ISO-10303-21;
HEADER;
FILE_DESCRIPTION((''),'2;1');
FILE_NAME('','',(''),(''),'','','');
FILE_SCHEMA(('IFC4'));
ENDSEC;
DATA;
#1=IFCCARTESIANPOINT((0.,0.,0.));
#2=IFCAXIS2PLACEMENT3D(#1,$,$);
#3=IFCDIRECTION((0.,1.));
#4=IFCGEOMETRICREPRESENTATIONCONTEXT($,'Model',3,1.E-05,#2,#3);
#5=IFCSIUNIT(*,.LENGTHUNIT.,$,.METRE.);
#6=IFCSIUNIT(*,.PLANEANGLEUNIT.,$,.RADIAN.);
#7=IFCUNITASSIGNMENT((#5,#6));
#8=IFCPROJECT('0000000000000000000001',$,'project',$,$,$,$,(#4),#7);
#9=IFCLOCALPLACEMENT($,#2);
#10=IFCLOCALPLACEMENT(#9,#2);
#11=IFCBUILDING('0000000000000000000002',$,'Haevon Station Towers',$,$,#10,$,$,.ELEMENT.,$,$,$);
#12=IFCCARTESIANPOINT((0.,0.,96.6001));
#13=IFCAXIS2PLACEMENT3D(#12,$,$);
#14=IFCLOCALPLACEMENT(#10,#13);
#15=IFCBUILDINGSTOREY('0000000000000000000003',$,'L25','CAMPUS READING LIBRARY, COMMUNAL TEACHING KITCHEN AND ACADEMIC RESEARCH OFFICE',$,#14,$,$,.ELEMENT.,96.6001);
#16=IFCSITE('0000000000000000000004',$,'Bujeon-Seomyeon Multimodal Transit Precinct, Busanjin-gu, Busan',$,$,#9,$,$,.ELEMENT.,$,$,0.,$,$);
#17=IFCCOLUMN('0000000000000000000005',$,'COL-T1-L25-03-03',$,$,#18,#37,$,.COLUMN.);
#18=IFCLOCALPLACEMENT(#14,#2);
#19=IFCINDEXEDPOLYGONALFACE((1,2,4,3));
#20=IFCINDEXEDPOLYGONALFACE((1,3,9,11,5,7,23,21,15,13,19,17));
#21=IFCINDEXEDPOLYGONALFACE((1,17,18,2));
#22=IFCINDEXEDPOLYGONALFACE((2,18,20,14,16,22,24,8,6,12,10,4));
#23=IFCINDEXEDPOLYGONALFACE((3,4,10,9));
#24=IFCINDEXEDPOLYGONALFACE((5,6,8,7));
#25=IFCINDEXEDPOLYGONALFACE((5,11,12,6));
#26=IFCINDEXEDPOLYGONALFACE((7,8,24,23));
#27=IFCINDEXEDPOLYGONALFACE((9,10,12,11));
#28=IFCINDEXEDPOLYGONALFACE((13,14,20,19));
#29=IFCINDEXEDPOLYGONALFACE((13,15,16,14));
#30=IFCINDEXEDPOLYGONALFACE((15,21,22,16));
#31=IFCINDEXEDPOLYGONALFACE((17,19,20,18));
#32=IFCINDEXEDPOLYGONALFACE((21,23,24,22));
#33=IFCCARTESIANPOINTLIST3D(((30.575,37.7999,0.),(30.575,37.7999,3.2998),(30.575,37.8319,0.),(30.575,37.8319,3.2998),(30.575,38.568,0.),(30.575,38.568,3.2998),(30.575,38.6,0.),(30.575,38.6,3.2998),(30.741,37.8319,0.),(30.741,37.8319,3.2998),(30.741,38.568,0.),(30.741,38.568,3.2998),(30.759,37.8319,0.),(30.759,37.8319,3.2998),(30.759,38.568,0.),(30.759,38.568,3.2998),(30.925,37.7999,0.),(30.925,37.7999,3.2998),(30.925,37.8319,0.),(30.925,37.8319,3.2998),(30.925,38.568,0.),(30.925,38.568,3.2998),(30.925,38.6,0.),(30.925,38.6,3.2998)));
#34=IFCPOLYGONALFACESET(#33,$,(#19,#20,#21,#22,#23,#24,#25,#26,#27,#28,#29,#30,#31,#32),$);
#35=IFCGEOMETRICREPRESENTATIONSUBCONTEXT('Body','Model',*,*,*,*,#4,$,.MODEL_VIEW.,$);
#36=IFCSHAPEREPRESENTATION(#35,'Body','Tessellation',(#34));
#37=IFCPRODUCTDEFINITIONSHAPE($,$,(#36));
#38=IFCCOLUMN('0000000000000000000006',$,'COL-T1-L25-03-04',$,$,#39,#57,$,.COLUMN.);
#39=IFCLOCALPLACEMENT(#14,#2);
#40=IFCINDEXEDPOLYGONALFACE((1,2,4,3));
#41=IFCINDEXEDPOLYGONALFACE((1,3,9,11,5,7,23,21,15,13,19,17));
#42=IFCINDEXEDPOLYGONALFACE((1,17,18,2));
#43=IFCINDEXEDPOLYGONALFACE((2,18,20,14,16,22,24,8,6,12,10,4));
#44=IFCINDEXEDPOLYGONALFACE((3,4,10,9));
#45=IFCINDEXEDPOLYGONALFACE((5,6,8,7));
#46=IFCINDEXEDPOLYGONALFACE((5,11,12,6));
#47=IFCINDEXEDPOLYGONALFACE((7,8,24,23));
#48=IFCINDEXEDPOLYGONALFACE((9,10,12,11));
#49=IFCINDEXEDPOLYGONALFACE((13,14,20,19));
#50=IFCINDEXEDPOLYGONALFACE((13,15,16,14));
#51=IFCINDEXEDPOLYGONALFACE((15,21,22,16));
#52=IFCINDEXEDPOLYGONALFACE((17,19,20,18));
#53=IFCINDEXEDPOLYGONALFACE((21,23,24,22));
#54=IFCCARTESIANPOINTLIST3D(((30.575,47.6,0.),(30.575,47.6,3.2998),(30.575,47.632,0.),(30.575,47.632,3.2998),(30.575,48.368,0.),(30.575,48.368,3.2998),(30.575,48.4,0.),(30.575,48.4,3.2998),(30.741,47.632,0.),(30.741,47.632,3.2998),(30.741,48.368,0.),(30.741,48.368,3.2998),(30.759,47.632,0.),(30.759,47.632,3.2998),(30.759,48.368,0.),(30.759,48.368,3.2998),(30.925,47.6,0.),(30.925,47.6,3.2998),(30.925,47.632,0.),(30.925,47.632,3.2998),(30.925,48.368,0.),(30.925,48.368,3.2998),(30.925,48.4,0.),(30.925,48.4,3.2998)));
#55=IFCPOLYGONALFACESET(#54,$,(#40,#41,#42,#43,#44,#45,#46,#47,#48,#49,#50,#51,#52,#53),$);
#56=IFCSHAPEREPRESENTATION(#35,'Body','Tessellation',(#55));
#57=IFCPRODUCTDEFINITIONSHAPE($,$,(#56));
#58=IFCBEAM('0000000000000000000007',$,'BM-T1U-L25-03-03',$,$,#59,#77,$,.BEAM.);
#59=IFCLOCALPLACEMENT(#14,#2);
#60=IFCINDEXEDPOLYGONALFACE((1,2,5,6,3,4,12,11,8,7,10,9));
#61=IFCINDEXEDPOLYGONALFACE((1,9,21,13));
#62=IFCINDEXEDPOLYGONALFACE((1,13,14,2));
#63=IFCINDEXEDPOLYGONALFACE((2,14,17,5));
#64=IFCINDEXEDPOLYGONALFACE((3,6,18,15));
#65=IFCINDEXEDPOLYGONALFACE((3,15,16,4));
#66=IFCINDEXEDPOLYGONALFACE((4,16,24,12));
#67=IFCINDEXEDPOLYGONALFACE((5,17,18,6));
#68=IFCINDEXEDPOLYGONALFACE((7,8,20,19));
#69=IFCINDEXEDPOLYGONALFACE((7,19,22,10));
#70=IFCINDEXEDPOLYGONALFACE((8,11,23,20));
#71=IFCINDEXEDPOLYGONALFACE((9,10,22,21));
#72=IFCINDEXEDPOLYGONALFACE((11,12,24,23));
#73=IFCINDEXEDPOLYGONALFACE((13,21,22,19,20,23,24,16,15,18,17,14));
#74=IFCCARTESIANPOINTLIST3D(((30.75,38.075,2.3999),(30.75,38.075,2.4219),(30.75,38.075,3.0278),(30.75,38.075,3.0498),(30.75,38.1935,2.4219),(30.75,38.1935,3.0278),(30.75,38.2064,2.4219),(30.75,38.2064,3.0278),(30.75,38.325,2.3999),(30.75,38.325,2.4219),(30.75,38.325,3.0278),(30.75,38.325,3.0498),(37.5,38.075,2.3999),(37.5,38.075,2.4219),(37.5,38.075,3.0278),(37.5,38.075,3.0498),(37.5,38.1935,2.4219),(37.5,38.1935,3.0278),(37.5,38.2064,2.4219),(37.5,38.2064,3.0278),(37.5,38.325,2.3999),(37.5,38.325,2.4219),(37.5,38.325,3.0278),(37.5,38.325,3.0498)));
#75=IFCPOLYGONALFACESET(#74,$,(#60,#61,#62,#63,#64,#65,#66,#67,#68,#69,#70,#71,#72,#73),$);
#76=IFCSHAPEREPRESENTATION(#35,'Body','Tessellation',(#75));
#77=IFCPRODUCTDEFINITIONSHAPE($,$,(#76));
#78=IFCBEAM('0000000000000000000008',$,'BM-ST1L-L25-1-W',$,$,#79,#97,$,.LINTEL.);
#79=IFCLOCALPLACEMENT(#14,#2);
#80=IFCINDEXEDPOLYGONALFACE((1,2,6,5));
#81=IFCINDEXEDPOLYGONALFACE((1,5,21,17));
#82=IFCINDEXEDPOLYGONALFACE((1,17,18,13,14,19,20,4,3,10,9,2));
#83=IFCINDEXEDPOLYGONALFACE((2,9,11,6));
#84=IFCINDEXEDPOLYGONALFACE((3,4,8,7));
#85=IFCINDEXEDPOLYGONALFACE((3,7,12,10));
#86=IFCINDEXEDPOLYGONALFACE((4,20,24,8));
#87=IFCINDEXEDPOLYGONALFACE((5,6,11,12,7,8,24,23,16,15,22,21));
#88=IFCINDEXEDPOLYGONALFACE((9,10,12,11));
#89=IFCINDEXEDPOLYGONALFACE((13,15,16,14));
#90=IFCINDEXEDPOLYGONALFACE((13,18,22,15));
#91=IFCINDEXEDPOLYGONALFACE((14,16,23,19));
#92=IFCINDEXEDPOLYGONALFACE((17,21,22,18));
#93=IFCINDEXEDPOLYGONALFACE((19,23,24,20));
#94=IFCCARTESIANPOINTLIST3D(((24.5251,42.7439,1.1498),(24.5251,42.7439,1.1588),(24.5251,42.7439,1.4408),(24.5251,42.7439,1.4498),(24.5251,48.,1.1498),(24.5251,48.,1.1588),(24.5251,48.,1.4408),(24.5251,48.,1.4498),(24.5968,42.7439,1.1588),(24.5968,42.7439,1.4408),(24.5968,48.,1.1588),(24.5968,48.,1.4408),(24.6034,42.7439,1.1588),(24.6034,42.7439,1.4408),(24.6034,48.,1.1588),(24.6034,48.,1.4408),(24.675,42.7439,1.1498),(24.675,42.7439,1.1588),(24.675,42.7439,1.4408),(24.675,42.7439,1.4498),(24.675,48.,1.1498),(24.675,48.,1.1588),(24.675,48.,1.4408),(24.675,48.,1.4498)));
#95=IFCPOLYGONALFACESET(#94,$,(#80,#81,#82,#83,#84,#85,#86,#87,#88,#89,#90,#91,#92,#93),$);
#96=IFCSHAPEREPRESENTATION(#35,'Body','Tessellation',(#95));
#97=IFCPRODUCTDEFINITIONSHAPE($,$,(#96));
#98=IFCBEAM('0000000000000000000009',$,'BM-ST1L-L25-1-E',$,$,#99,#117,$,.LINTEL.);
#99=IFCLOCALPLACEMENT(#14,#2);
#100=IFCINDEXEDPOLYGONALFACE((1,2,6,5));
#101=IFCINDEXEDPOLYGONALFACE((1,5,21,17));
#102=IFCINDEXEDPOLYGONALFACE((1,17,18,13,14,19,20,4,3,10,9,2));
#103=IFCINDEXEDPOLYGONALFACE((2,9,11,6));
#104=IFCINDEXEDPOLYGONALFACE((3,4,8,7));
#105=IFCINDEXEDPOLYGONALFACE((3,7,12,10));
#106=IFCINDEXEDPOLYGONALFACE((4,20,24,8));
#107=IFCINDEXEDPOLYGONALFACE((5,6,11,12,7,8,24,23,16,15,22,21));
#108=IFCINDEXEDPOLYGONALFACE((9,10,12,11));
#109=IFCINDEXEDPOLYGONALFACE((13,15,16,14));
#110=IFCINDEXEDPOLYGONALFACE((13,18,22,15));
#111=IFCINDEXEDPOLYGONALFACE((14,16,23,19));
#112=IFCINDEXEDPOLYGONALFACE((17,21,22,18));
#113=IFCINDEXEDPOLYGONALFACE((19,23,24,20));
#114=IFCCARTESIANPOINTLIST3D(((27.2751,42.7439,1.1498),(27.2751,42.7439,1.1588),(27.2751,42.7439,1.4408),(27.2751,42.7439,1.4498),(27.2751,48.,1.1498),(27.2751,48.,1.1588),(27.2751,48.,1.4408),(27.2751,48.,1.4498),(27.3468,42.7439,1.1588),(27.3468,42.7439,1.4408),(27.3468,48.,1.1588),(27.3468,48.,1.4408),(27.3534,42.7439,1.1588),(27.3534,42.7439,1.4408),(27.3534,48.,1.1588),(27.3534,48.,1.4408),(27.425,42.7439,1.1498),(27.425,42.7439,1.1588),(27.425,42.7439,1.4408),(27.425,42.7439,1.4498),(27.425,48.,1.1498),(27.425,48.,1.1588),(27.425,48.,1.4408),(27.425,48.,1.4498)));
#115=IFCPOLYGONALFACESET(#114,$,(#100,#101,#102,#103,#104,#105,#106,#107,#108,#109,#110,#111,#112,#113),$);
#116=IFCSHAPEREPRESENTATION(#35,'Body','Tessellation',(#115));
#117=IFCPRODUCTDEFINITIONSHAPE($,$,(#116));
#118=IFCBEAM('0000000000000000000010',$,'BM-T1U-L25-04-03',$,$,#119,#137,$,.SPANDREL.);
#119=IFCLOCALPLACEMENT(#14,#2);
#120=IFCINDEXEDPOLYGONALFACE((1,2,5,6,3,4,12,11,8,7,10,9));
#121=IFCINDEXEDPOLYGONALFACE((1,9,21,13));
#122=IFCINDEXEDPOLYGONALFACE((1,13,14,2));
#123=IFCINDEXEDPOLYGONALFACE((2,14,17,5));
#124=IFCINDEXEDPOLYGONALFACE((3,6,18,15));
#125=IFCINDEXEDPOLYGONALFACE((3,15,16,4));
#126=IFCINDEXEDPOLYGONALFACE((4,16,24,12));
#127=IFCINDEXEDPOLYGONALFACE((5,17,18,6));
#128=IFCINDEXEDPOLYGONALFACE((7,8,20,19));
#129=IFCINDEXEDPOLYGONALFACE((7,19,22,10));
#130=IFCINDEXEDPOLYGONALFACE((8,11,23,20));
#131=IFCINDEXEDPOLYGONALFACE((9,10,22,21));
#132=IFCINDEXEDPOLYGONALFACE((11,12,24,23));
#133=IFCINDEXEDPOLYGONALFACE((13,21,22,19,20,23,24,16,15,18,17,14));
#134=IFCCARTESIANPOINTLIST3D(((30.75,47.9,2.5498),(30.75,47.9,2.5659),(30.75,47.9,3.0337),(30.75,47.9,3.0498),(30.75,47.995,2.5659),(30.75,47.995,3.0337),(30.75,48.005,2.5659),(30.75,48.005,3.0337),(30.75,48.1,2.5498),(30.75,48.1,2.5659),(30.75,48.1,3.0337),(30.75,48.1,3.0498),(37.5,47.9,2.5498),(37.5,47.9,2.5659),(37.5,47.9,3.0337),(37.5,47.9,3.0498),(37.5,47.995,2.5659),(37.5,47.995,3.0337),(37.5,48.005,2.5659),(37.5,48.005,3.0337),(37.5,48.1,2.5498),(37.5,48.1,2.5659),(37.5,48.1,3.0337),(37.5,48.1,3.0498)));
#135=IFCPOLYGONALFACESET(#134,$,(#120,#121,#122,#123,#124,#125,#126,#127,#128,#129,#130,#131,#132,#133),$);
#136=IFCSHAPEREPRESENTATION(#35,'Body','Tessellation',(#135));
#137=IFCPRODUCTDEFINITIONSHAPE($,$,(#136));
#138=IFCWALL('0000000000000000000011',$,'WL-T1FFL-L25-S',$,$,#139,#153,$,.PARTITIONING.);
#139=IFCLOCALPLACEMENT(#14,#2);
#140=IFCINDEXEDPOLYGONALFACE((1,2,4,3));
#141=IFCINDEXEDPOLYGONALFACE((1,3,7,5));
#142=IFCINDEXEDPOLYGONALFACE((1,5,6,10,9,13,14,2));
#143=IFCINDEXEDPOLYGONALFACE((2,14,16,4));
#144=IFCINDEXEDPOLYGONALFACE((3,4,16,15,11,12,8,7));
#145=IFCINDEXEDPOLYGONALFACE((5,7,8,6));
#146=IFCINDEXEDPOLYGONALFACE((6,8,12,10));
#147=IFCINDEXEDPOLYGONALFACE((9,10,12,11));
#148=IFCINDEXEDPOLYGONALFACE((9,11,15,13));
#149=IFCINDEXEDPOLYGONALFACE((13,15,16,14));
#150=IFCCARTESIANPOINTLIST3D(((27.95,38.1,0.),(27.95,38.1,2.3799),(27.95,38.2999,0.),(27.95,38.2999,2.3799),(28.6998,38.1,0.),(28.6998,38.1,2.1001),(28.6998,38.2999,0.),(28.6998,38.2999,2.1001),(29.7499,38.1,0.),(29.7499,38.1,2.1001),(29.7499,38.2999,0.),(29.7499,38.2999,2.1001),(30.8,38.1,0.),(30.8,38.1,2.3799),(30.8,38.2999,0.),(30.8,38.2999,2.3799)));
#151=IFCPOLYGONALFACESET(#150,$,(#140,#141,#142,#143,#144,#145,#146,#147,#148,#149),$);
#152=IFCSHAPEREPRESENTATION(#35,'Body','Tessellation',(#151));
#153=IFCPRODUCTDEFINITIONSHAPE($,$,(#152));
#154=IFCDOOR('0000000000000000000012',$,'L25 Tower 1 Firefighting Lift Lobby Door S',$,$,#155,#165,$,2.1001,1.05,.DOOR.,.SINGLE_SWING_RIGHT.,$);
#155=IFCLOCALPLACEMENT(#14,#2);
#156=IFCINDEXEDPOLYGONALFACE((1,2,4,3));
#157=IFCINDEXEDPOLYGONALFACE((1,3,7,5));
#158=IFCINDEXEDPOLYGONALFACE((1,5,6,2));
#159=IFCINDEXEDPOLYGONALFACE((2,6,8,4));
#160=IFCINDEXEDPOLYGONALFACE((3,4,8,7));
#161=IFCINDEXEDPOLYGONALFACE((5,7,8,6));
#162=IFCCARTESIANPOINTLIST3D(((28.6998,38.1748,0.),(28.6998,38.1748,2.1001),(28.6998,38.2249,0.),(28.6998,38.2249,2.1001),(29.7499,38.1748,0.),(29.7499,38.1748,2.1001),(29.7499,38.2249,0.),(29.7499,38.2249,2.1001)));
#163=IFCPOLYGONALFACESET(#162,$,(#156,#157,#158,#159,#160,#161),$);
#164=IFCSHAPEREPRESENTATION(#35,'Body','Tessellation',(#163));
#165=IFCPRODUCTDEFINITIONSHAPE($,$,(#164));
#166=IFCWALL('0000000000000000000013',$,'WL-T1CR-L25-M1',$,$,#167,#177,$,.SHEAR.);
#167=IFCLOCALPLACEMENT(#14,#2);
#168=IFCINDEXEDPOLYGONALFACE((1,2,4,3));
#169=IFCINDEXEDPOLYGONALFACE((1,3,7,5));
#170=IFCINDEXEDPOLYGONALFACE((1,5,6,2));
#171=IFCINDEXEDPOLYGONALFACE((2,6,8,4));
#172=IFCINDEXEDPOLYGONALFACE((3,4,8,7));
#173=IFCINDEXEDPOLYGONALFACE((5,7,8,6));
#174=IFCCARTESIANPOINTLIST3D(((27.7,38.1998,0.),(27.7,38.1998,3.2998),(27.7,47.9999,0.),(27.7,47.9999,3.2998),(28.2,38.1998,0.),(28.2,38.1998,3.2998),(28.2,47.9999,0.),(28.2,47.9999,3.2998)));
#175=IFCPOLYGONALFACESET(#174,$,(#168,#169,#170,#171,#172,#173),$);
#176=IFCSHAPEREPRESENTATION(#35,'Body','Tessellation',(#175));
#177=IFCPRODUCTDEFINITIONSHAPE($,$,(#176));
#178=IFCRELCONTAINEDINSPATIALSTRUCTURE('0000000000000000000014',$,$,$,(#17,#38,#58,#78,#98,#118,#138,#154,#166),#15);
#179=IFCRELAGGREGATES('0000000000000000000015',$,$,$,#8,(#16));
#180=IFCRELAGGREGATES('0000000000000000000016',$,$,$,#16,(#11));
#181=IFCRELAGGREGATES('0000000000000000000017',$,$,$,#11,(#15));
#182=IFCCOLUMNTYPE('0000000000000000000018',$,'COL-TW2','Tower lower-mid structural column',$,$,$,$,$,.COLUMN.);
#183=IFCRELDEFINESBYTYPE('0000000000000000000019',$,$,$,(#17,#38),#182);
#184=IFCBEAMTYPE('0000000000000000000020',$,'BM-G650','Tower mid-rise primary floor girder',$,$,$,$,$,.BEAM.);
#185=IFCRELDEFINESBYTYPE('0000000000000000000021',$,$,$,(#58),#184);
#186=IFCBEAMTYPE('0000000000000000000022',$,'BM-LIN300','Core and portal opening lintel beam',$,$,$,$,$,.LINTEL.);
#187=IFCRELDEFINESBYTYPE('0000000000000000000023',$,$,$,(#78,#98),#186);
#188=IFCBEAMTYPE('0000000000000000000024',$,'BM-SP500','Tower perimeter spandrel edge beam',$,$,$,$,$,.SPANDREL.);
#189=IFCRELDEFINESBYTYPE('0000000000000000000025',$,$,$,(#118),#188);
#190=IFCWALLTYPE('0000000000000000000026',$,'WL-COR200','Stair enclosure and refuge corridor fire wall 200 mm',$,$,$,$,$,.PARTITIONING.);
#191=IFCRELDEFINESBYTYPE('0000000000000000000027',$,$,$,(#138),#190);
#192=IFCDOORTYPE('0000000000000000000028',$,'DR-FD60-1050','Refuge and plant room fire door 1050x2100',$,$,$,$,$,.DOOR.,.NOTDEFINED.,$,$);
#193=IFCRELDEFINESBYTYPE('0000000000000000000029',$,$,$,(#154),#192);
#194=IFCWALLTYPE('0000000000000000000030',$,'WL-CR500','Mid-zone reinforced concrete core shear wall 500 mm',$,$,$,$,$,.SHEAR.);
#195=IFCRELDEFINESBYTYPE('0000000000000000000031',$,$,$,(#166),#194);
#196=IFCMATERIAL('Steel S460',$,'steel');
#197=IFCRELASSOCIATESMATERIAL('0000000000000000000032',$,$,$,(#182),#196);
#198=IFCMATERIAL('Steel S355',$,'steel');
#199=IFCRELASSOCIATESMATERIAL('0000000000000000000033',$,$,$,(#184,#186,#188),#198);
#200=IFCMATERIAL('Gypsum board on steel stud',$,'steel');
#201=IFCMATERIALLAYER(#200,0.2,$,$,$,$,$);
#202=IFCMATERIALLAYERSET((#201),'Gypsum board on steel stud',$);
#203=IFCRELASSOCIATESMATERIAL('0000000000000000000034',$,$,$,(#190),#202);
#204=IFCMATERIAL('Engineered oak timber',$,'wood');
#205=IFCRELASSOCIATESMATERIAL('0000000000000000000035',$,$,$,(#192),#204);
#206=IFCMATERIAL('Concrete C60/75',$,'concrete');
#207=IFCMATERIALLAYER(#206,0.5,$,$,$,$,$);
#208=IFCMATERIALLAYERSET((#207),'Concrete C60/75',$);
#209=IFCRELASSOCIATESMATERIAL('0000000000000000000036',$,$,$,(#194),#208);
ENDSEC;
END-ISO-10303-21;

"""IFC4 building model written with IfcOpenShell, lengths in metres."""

from ifc_helpers import new_model, si_unit, direction, frame, frame_2d, origin, origin_2d, place, context, subcontext, project, spatial, rectangle, i_section, extrude, material, layer, layer_set, material_profile, profile_set, type_object, element, fill, save


model = new_model("IFC4")

# Units and contexts
model_context = context("Model", 3, precision=1e-05, world=origin(), true_north=direction((0.0, 1.0)))
body_context = subcontext(model_context, "Body", "Model", "MODEL_VIEW")
ifc_project = project(units=[si_unit("LENGTHUNIT", "METRE"), si_unit("PLANEANGLEUNIT", "RADIAN")], contexts=[model_context])

# Site, building, storey
site_placement = place(None, origin())
site = spatial("IfcSite", under=ifc_project, at=site_placement, Name="Bujeon-Seomyeon Multimodal Transit Precinct, Busanjin-gu, Busan", CompositionType="ELEMENT", RefElevation=0.0)
building_placement = place(site_placement, origin())
building = spatial("IfcBuilding", under=site, at=building_placement, Name="Haevon Station Towers", CompositionType="ELEMENT")
storey_placement = place(building_placement, frame((0.0, 0.0, 96.6001)))
storey = spatial("IfcBuildingStorey", under=building, at=storey_placement, Name="L25", Description="CAMPUS READING LIBRARY, COMMUNAL TEACHING KITCHEN AND ACADEMIC RESEARCH OFFICE", CompositionType="ELEMENT", Elevation=96.6001)

# Columns
ifc_material_1 = material(Name="Steel S460", Category="steel")
ifc_material_profile_1 = material_profile(ifc_material_1, i_section(OverallWidth=0.3501, OverallDepth=0.8, WebThickness=0.0181, FlangeThickness=0.032, at=origin_2d()), Name="H-800x350x18x32")
ifc_profile_set_1 = profile_set([ifc_material_profile_1], Name="Steel S460")
column_type = type_object("IfcColumnType", Name="COL-TW2", Description="Tower lower-mid structural column", PredefinedType="COLUMN", material=ifc_profile_set_1)
for number, where, z_axis, x_axis, name in (
    (1, (30.75, 38.2, 0.0), (0.0, 0.0, 1.0), (1.0, 0.0, 0.0), "COL-T1-L25-03-03"),
    (2, (30.75, 48.0, 0.0), (0.0, 0.0, 1.0), (1.0, 0.0, 0.0), "COL-T1-L25-03-04"),
):
    element("IfcColumn", number, at=place(storey_placement, frame(where, z_axis=z_axis, x_axis=x_axis)), inside=storey, type_object=column_type, Name=name, PredefinedType="COLUMN", context=body_context, shape_type="SweptSolid", body=[
        extrude(i_section(OverallWidth=0.3501, OverallDepth=0.8, WebThickness=0.0181, FlangeThickness=0.032, at=origin_2d()), origin(), (0.0, 0.0, 1.0), 3.2998),
    ])

# Beams
ifc_material_2 = material(Name="Steel S355", Category="steel")
ifc_material_profile_2 = material_profile(ifc_material_2, i_section(OverallWidth=0.25, OverallDepth=0.6499, WebThickness=0.0129, FlangeThickness=0.022, at=origin_2d()), Name="H-650x250x13x22")
ifc_profile_set_2 = profile_set([ifc_material_profile_2], Name="Steel S355")
beam_type_1 = type_object("IfcBeamType", Name="BM-G650", Description="Tower mid-rise primary floor girder", PredefinedType="BEAM", material=ifc_profile_set_2)
beam_1_placement = place(storey_placement, frame((30.75, 38.2, 2.7249), z_axis=(1.0, 0.0, 0.0), x_axis=(0.0, 1.0, 0.0)))
element("IfcBeam", 3, at=beam_1_placement, inside=storey, type_object=beam_type_1, Name="BM-T1U-L25-03-03", PredefinedType="BEAM", context=body_context, shape_type="SweptSolid", body=[
    extrude(i_section(OverallWidth=0.25, OverallDepth=0.6499, WebThickness=0.0129, FlangeThickness=0.022, at=origin_2d()), origin(), (0.0, 0.0, 1.0), 6.75),
])
ifc_material_profile_3 = material_profile(ifc_material_2, i_section(OverallWidth=0.1499, OverallDepth=0.3, WebThickness=0.0066, FlangeThickness=0.009, at=origin_2d()), Name="H-300x150x6.5x9")
ifc_profile_set_3 = profile_set([ifc_material_profile_3], Name="Steel S355")
beam_type_2 = type_object("IfcBeamType", Name="BM-LIN300", Description="Core and portal opening lintel beam", PredefinedType="LINTEL", material=ifc_profile_set_3)
for number, where, z_axis, x_axis, name in (
    (4, (24.6001, 42.7439, 1.2998), (0.0, 1.0, 0.0), (-1.0, 0.0, 0.0), "BM-ST1L-L25-1-W"),
    (5, (27.3501, 42.7439, 1.2998), (0.0, 1.0, 0.0), (-1.0, 0.0, 0.0), "BM-ST1L-L25-1-E"),
):
    element("IfcBeam", number, at=place(storey_placement, frame(where, z_axis=z_axis, x_axis=x_axis)), inside=storey, type_object=beam_type_2, Name=name, PredefinedType="LINTEL", context=body_context, shape_type="SweptSolid", body=[
        extrude(i_section(OverallWidth=0.1499, OverallDepth=0.3, WebThickness=0.0066, FlangeThickness=0.009, at=origin_2d()), origin(), (0.0, 0.0, 1.0), 5.2561),
    ])
ifc_material_profile_4 = material_profile(ifc_material_2, i_section(OverallWidth=0.2, OverallDepth=0.5, WebThickness=0.01, FlangeThickness=0.0161, at=origin_2d()), Name="H-500x200x10x16")
ifc_profile_set_4 = profile_set([ifc_material_profile_4], Name="Steel S355")
beam_type_3 = type_object("IfcBeamType", Name="BM-SP500", Description="Tower perimeter spandrel edge beam", PredefinedType="SPANDREL", material=ifc_profile_set_4)
beam_2_placement = place(storey_placement, frame((30.75, 48.0, 2.7998), z_axis=(1.0, 0.0, 0.0), x_axis=(0.0, 1.0, 0.0)))
element("IfcBeam", 6, at=beam_2_placement, inside=storey, type_object=beam_type_3, Name="BM-T1U-L25-04-03", PredefinedType="SPANDREL", context=body_context, shape_type="SweptSolid", body=[
    extrude(i_section(OverallWidth=0.2, OverallDepth=0.5, WebThickness=0.01, FlangeThickness=0.0161, at=origin_2d()), origin(), (0.0, 0.0, 1.0), 6.75),
])

# Wall, opening, door
ifc_material_3 = material(Name="Gypsum board on steel stud", Category="steel")
ifc_layer_1 = layer(ifc_material_3, 0.2)
ifc_layer_set_1 = layer_set([ifc_layer_1], Name="Gypsum board on steel stud")
wall_type_1 = type_object("IfcWallType", Name="WL-COR200", Description="Stair enclosure and refuge corridor fire wall 200 mm", PredefinedType="PARTITIONING", material=ifc_layer_set_1)
wall_1_placement = place(storey_placement, frame((27.95, 38.2, 0.0), z_axis=(0.0, 0.0, 1.0), x_axis=(1.0, 0.0, 0.0)))
wall_1 = element("IfcWall", 7, at=wall_1_placement, inside=storey, type_object=wall_type_1, Name="WL-T1FFL-L25-S", PredefinedType="PARTITIONING", context=body_context, shape_type="SweptSolid", body=[
    extrude(rectangle(XDim=2.8501, YDim=0.2, at=frame_2d((1.425, 0.0))), origin(), (0.0, 0.0, 1.0), 2.3799),
])
opening_1_placement = place(wall_1_placement, frame((0.75, 0.0, 0.0)))
opening_1 = element("IfcOpeningElement", 8, at=opening_1_placement, cuts=wall_1, PredefinedType="OPENING", context=body_context, shape_type="SweptSolid", body=[
    extrude(rectangle(XDim=1.05, YDim=2.1001, at=frame_2d((0.5249, 1.05))), frame((0.0, 0.1099, 0.0), z_axis=(0.0, -1.0, 0.0), x_axis=(1.0, 0.0, 0.0)), (0.0, 0.0, 1.0), 0.22),
])
ifc_material_4 = material(Name="Engineered oak timber", Category="wood")
door_type_1 = type_object("IfcDoorType", Name="DR-FD60-1050", Description="Refuge and plant room fire door 1050x2100", OperationType="NOTDEFINED", PredefinedType="DOOR", material=ifc_material_4)
door_1_placement = place(opening_1_placement, origin())
door_1 = element("IfcDoor", 9, at=door_1_placement, inside=storey, type_object=door_type_1, Name="L25 Tower 1 Firefighting Lift Lobby Door S", OperationType="SINGLE_SWING_RIGHT", OverallHeight=2.1001, OverallWidth=1.05, PredefinedType="DOOR", context=body_context, shape_type="SweptSolid", body=[
    extrude(rectangle(XDim=1.05, YDim=2.1001, at=frame_2d((0.5249, 1.05))), frame((0.0, 0.0249, 0.0), z_axis=(0.0, -1.0, 0.0), x_axis=(1.0, 0.0, 0.0)), (0.0, 0.0, 1.0), 0.05),
])
fill(opening_1, door_1)

# Wall
ifc_material_5 = material(Name="Concrete C60/75", Category="concrete")
ifc_layer_2 = layer(ifc_material_5, 0.5)
ifc_layer_set_2 = layer_set([ifc_layer_2], Name="Concrete C60/75")
wall_type_2 = type_object("IfcWallType", Name="WL-CR500", Description="Mid-zone reinforced concrete core shear wall 500 mm", PredefinedType="SHEAR", material=ifc_layer_set_2)
wall_2_placement = place(storey_placement, frame((27.95, 38.2, 0.0), z_axis=(0.0, 0.0, 1.0), x_axis=(0.0, 1.0, 0.0)))
element("IfcWall", 10, at=wall_2_placement, inside=storey, type_object=wall_type_2, Name="WL-T1CR-L25-M1", PredefinedType="SHEAR", context=body_context, shape_type="SweptSolid", body=[
    extrude(rectangle(XDim=9.8, YDim=0.5, at=frame_2d((4.8999, 0.0))), origin(), (0.0, 0.0, 1.0), 3.2998),
])

save(model, "model.ifc")
